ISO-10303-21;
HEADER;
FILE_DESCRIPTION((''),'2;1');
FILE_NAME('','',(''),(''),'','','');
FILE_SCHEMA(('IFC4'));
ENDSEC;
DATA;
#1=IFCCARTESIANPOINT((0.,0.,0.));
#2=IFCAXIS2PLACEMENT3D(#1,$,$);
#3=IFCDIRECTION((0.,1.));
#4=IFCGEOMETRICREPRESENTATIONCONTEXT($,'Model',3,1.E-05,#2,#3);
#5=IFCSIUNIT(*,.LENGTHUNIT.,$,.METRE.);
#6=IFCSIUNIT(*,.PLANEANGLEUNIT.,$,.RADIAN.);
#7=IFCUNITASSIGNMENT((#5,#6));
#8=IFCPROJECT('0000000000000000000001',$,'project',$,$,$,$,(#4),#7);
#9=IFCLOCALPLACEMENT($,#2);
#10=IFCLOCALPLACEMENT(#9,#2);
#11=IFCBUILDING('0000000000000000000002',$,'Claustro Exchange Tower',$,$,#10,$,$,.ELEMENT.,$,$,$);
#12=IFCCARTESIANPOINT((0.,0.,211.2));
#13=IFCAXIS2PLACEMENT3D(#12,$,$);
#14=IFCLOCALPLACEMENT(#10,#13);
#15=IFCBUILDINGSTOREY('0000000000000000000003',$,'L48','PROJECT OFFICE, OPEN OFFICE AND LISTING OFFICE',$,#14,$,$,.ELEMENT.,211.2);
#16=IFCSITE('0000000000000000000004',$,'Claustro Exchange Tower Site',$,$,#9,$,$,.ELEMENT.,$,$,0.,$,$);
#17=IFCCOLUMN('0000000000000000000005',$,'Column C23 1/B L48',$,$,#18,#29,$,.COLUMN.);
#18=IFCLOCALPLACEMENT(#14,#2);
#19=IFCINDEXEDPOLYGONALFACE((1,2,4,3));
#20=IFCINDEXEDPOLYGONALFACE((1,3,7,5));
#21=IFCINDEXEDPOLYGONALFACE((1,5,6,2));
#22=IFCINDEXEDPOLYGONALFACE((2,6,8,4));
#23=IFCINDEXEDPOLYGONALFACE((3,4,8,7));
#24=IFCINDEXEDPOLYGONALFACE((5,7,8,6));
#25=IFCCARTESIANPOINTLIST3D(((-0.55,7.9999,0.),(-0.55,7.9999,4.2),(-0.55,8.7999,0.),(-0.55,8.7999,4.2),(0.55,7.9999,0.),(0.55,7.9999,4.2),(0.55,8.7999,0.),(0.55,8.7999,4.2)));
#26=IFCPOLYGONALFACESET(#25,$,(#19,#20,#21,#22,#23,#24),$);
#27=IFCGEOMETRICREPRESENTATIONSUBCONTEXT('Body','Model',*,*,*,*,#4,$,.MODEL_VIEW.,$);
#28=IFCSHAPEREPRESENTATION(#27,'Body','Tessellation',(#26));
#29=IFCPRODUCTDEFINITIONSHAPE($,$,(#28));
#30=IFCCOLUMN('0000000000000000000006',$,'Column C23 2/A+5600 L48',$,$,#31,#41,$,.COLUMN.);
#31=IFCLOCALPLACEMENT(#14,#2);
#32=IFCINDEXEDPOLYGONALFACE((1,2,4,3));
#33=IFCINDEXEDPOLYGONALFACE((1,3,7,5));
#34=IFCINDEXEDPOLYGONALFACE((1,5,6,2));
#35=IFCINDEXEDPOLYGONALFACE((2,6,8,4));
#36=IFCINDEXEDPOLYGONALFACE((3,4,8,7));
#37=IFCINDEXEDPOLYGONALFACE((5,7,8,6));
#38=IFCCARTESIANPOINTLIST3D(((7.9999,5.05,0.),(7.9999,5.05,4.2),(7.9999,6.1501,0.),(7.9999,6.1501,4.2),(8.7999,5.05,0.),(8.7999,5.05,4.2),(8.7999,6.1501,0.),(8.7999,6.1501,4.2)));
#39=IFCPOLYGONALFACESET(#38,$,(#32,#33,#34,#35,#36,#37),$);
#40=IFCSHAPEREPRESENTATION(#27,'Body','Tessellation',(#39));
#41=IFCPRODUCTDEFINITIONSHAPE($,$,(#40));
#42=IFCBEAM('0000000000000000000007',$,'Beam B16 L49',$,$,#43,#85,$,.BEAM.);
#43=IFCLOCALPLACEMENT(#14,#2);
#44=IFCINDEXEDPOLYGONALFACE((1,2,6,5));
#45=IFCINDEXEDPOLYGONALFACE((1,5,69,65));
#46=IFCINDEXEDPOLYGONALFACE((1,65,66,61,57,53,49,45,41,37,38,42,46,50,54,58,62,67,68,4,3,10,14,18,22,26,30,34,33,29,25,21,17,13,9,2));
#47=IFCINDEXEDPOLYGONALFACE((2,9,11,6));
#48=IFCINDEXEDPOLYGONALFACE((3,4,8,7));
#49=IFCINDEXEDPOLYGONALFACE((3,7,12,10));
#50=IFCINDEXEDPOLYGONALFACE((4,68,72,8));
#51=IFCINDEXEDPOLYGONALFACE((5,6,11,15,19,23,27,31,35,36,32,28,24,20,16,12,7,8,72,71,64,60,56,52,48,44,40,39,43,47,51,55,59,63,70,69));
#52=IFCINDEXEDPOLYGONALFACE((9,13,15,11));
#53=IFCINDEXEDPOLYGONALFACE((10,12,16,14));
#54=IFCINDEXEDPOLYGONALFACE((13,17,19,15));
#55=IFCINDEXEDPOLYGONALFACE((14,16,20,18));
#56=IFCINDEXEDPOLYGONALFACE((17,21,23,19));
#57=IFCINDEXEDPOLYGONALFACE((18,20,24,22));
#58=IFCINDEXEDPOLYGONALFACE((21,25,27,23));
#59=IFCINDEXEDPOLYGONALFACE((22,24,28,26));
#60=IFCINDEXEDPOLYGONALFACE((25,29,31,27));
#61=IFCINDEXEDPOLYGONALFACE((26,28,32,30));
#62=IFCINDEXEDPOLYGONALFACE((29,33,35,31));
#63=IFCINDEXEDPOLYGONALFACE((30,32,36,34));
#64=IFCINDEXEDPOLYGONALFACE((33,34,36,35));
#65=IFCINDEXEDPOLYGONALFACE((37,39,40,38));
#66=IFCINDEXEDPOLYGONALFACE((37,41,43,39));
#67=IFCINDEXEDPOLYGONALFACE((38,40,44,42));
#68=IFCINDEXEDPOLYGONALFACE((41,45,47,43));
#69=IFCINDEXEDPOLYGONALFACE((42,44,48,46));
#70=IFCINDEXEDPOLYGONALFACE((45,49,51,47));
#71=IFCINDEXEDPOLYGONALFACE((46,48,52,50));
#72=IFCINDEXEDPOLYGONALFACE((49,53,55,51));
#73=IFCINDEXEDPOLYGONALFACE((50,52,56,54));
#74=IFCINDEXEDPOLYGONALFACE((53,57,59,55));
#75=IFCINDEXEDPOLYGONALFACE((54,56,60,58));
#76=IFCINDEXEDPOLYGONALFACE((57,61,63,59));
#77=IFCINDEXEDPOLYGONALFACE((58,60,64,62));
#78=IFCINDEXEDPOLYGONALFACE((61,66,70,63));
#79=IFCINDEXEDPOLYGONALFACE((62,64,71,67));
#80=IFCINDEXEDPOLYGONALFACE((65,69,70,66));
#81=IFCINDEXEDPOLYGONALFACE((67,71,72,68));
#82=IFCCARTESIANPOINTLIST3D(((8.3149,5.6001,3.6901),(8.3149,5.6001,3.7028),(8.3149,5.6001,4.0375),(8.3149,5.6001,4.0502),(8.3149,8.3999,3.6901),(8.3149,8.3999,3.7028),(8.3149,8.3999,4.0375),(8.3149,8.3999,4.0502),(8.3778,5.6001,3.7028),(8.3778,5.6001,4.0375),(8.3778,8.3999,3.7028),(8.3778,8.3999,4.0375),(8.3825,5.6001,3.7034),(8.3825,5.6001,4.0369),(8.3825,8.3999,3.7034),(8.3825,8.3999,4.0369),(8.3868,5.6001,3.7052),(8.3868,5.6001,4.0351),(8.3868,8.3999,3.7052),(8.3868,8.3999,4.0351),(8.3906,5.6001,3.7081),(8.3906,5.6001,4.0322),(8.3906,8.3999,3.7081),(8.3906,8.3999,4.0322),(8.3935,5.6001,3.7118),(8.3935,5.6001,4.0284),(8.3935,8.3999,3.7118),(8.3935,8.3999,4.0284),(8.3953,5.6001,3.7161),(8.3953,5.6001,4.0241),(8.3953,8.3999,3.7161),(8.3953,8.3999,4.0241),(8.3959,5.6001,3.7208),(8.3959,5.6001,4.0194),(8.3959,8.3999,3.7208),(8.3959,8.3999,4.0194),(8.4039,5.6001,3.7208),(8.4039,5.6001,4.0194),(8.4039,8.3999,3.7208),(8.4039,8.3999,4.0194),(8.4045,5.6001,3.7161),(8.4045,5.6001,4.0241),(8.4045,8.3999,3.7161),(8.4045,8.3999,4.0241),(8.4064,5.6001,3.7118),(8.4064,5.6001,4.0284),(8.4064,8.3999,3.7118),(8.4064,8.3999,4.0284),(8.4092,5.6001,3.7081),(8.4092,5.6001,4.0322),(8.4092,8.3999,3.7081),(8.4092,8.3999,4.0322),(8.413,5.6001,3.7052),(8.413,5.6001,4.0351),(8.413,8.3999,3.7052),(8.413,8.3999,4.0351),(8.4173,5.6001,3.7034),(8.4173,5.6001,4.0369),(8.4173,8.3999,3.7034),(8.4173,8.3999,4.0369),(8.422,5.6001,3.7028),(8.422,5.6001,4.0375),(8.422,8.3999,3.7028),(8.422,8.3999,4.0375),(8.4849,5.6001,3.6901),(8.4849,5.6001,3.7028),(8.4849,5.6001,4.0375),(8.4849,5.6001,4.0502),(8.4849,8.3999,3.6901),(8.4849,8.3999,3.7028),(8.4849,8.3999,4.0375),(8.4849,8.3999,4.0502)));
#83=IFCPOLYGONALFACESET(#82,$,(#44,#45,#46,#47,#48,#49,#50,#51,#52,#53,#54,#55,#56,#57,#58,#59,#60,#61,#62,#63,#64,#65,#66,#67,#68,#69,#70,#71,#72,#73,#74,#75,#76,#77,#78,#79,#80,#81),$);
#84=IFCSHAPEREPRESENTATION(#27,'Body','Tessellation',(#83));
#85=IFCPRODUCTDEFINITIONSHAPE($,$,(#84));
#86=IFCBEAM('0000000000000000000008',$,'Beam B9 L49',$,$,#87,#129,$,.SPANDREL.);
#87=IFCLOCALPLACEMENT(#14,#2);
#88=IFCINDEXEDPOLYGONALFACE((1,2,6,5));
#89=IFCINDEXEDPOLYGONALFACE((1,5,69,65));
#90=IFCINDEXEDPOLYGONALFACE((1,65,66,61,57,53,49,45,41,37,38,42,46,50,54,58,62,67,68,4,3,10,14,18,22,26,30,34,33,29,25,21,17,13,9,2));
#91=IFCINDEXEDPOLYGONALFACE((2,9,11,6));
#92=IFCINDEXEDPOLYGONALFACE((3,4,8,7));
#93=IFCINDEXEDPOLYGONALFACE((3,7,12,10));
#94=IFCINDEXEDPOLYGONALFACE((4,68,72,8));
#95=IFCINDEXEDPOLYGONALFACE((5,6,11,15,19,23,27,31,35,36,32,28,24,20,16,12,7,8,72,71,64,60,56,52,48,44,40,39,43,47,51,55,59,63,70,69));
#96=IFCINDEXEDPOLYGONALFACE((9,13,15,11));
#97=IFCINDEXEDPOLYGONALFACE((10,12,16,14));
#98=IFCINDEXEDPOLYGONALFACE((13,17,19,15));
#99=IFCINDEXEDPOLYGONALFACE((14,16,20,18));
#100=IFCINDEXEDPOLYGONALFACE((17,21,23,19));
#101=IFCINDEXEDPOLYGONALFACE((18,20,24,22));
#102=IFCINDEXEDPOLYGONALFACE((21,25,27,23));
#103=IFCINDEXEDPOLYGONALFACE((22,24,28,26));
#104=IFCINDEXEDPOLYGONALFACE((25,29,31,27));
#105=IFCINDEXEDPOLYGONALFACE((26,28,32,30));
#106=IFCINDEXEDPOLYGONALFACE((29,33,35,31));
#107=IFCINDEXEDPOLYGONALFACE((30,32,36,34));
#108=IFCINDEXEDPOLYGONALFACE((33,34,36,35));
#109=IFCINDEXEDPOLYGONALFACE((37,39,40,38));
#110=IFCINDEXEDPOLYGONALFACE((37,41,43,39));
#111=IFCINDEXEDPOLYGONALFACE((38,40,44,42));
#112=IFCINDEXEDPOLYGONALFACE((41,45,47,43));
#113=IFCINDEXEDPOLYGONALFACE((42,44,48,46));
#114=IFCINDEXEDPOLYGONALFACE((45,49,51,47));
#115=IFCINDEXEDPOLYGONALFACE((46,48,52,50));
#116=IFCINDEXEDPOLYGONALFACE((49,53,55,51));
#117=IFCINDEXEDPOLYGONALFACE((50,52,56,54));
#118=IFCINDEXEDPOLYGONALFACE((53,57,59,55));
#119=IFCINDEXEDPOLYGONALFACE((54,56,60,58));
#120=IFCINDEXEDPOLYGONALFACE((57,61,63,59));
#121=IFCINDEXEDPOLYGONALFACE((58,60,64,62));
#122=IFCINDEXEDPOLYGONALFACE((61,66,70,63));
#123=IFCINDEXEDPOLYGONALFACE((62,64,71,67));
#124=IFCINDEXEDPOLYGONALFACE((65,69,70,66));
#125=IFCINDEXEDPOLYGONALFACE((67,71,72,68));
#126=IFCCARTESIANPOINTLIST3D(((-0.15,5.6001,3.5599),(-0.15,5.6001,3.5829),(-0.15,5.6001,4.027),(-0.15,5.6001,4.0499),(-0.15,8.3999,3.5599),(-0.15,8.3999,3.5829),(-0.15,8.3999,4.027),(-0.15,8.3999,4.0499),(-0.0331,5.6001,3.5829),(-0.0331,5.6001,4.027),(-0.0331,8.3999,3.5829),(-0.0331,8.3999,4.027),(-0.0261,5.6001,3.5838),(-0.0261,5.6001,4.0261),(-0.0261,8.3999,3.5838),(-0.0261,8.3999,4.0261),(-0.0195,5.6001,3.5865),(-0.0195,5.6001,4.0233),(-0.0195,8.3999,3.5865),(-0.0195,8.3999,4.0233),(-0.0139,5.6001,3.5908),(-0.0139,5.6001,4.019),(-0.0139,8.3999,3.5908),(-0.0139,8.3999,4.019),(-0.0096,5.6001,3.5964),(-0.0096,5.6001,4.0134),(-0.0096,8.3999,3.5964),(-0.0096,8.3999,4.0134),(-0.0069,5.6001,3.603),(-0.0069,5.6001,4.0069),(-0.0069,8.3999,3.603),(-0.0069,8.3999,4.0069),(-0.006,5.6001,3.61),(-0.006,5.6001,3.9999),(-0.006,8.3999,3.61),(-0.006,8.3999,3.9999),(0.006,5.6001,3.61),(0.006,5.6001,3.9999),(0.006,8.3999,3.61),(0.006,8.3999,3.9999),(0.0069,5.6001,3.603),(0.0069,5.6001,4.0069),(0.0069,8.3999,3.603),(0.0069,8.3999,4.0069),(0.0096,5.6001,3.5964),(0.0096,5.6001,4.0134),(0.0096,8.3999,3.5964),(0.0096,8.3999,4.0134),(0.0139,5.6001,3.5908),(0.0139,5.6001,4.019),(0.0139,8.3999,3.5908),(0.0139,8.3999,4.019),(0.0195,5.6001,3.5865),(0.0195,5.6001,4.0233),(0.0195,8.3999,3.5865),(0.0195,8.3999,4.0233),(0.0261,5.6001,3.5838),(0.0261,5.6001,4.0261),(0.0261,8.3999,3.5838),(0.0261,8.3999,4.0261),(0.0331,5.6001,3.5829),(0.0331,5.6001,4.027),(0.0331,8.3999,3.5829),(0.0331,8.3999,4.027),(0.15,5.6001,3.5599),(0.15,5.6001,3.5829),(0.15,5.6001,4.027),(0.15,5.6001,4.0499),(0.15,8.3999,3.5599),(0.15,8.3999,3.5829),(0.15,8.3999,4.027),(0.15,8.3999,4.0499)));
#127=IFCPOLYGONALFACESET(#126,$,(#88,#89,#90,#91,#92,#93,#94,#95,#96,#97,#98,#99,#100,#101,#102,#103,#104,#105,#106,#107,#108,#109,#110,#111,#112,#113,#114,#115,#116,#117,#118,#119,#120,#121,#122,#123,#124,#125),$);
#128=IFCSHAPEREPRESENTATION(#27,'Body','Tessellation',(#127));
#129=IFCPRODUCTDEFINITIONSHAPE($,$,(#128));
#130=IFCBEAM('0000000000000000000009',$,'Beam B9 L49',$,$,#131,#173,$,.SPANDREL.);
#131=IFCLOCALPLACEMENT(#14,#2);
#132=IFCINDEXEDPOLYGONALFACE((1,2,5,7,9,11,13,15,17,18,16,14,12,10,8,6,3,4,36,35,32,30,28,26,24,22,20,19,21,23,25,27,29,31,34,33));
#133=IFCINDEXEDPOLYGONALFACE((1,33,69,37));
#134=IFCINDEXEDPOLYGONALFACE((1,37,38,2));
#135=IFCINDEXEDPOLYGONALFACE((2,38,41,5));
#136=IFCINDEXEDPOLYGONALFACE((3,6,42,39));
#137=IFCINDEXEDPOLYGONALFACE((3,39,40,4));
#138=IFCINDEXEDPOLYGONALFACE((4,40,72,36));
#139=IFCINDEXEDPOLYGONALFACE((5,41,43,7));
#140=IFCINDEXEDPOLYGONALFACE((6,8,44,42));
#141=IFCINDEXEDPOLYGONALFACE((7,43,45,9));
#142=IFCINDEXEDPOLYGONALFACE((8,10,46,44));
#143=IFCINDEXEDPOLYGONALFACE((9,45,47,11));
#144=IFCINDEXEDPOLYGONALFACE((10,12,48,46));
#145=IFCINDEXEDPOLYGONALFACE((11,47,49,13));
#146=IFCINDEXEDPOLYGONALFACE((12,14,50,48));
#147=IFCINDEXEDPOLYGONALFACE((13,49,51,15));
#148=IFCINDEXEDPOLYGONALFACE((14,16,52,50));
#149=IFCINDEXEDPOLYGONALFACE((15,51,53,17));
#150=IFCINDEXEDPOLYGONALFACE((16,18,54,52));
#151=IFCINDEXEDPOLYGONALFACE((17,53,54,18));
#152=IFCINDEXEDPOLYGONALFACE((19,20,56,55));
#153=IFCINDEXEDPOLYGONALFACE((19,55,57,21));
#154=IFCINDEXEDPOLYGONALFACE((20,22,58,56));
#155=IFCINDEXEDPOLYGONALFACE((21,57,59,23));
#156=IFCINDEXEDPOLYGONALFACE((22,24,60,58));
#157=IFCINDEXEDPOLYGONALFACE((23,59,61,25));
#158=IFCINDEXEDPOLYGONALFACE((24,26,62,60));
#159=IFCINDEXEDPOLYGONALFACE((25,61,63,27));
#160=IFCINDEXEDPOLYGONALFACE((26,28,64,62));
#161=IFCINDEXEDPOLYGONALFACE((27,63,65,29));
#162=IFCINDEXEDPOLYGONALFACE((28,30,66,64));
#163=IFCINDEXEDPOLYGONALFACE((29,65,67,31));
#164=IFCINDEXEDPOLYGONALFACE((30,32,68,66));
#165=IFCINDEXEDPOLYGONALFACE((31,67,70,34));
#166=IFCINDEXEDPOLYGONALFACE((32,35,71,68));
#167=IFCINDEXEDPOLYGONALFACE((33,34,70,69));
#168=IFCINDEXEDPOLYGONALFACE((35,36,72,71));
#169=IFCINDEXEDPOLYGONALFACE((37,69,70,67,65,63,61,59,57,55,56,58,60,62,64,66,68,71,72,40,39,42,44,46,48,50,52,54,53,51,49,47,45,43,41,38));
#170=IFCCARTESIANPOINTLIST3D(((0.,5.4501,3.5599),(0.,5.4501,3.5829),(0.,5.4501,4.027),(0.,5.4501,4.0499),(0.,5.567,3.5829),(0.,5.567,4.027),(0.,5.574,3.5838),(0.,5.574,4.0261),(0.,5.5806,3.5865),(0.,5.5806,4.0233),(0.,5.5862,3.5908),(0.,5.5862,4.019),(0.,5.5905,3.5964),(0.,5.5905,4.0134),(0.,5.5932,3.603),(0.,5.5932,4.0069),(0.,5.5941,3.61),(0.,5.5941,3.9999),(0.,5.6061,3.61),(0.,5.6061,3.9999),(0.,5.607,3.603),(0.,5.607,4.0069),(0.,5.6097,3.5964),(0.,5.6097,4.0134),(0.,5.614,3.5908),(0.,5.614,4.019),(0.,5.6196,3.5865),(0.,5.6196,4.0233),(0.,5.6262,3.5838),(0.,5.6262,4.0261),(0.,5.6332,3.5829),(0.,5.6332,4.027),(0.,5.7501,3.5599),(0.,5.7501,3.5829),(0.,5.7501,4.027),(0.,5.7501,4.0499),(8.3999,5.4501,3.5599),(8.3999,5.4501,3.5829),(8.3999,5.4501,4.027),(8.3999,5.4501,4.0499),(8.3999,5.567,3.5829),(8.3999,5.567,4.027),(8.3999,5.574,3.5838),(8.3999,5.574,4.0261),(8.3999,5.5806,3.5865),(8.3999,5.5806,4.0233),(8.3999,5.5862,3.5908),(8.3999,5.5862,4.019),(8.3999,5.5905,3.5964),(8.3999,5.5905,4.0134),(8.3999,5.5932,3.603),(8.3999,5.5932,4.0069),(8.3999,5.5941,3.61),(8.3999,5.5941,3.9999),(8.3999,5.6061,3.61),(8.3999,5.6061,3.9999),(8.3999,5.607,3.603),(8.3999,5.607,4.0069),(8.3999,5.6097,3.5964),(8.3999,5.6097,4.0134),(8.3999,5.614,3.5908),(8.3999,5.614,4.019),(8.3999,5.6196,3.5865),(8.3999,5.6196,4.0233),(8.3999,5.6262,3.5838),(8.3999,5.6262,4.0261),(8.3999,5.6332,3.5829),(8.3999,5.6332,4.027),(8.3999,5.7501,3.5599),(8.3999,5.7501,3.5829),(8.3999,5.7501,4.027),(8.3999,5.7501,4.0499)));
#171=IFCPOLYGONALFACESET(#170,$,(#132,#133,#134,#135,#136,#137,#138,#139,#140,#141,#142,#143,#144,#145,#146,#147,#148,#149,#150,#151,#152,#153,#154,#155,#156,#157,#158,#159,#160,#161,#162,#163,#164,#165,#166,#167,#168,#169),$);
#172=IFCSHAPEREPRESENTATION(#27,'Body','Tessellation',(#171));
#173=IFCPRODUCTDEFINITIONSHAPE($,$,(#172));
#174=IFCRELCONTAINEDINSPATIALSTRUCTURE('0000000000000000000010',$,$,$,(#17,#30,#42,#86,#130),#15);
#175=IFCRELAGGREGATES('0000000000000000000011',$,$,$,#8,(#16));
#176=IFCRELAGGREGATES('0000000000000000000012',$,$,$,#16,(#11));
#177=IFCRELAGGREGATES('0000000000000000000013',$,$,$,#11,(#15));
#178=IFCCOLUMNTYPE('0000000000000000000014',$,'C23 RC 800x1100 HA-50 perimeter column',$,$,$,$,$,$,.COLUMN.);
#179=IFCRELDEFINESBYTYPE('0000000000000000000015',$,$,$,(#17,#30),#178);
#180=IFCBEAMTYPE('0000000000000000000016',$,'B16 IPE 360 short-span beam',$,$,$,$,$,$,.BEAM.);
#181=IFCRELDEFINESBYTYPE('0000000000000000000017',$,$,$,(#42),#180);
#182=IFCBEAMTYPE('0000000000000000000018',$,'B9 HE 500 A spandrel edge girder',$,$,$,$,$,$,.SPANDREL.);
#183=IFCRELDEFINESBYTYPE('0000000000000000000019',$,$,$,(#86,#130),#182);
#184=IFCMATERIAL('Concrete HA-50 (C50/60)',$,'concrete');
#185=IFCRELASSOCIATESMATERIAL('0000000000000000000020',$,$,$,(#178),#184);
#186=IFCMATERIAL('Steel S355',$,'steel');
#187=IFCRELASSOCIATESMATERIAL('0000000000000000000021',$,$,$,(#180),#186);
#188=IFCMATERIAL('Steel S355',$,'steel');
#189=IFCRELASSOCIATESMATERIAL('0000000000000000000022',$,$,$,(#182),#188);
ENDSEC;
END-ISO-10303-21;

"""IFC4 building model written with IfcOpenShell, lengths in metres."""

from ifc_helpers import new_model, si_unit, direction, frame, origin, origin_2d, place, context, subcontext, project, spatial, rectangle, i_section, extrude, material, material_profile, profile_set, type_object, element, save


model = new_model("IFC4")

# Units and contexts
model_context = context("Model", 3, precision=1e-05, world=origin(), true_north=direction((0.0, 1.0)))
body_context = subcontext(model_context, "Body", "Model", "MODEL_VIEW")
ifc_project = project(units=[si_unit("LENGTHUNIT", "METRE"), si_unit("PLANEANGLEUNIT", "RADIAN")], contexts=[model_context])

# Site, building, storey
site_placement = place(None, origin())
site = spatial("IfcSite", under=ifc_project, at=site_placement, Name="Claustro Exchange Tower Site", CompositionType="ELEMENT", RefElevation=0.0)
building_placement = place(site_placement, origin())
building = spatial("IfcBuilding", under=site, at=building_placement, Name="Claustro Exchange Tower", CompositionType="ELEMENT")
storey_placement = place(building_placement, frame((0.0, 0.0, 211.2)))
storey = spatial("IfcBuildingStorey", under=building, at=storey_placement, Name="L48", Description="PROJECT OFFICE, OPEN OFFICE AND LISTING OFFICE", CompositionType="ELEMENT", Elevation=211.2)

# Columns
ifc_material_1 = material(Name="Concrete HA-50 (C50/60)", Category="concrete")
ifc_material_profile_1 = material_profile(ifc_material_1, rectangle(XDim=0.8, YDim=1.1001, at=origin_2d()), Name="RC 800x1100")
ifc_profile_set_1 = profile_set([ifc_material_profile_1], Name="Concrete HA-50 (C50/60)")
column_type = type_object("IfcColumnType", Name="C23 RC 800x1100 HA-50 perimeter column", PredefinedType="COLUMN", material=ifc_profile_set_1)
for number, where, z_axis, x_axis, name in (
    (1, (0.0, 8.3999, 0.0), (0.0, 0.0, 1.0), (0.0, 1.0, 0.0), "Column C23 1/B L48"),
    (2, (8.3999, 5.6001, 0.0), (0.0, 0.0, 1.0), (1.0, 0.0, 0.0), "Column C23 2/A+5600 L48"),
):
    element("IfcColumn", number, at=place(storey_placement, frame(where, z_axis=z_axis, x_axis=x_axis)), inside=storey, type_object=column_type, Name=name, PredefinedType="COLUMN", context=body_context, shape_type="SweptSolid", body=[
        extrude(rectangle(XDim=0.8, YDim=1.1001, at=origin_2d()), origin(), (0.0, 0.0, 1.0), 4.2),
    ])

# Beams
ifc_material_2 = material(Name="Steel S355", Category="steel")
ifc_material_profile_2 = material_profile(ifc_material_2, i_section(OverallWidth=0.1699, OverallDepth=0.3601, WebThickness=0.0081, FlangeThickness=0.0127, FilletRadius=0.0181, at=origin_2d()), Name="IPE 360")
ifc_profile_set_2 = profile_set([ifc_material_profile_2], Name="Steel S355")
beam_type_1 = type_object("IfcBeamType", Name="B16 IPE 360 short-span beam", PredefinedType="BEAM", material=ifc_profile_set_2)
beam_1_placement = place(storey_placement, frame((8.3999, 5.6001, 3.8701), z_axis=(0.0, 1.0, 0.0), x_axis=(-1.0, 0.0, 0.0)))
element("IfcBeam", 3, at=beam_1_placement, inside=storey, type_object=beam_type_1, Name="Beam B16 L49", PredefinedType="BEAM", context=body_context, shape_type="SweptSolid", body=[
    extrude(i_section(OverallWidth=0.1699, OverallDepth=0.3601, WebThickness=0.0081, FlangeThickness=0.0127, FilletRadius=0.0181, at=origin_2d()), origin(), (0.0, 0.0, 1.0), 2.7998),
])
ifc_material_3 = material(Name="Steel S355", Category="steel")
ifc_material_profile_3 = material_profile(ifc_material_3, i_section(OverallWidth=0.3, OverallDepth=0.49, WebThickness=0.012, FlangeThickness=0.0229, FilletRadius=0.0271, at=origin_2d()), Name="HE 500 A")
ifc_profile_set_3 = profile_set([ifc_material_profile_3], Name="Steel S355")
beam_type_2 = type_object("IfcBeamType", Name="B9 HE 500 A spandrel edge girder", PredefinedType="SPANDREL", material=ifc_profile_set_3)
beam_2_placement = place(storey_placement, frame((0.0, 5.6001, 3.8049), z_axis=(0.0, 1.0, 0.0), x_axis=(-1.0, 0.0, 0.0)))
element("IfcBeam", 4, at=beam_2_placement, inside=storey, type_object=beam_type_2, Name="Beam B9 L49", PredefinedType="SPANDREL", context=body_context, shape_type="SweptSolid", body=[
    extrude(i_section(OverallWidth=0.3, OverallDepth=0.49, WebThickness=0.012, FlangeThickness=0.0229, FilletRadius=0.0271, at=origin_2d()), origin(), (0.0, 0.0, 1.0), 2.7998),
])
beam_3_placement = place(storey_placement, frame((0.0, 5.6001, 3.8049), z_axis=(1.0, 0.0, 0.0), x_axis=(0.0, 1.0, 0.0)))
element("IfcBeam", 5, at=beam_3_placement, inside=storey, type_object=beam_type_2, Name="Beam B9 L49", PredefinedType="SPANDREL", context=body_context, shape_type="SweptSolid", body=[
    extrude(i_section(OverallWidth=0.3, OverallDepth=0.49, WebThickness=0.012, FlangeThickness=0.0229, FilletRadius=0.0271, at=origin_2d()), origin(), (0.0, 0.0, 1.0), 8.3999),
])

save(model, "model.ifc")
